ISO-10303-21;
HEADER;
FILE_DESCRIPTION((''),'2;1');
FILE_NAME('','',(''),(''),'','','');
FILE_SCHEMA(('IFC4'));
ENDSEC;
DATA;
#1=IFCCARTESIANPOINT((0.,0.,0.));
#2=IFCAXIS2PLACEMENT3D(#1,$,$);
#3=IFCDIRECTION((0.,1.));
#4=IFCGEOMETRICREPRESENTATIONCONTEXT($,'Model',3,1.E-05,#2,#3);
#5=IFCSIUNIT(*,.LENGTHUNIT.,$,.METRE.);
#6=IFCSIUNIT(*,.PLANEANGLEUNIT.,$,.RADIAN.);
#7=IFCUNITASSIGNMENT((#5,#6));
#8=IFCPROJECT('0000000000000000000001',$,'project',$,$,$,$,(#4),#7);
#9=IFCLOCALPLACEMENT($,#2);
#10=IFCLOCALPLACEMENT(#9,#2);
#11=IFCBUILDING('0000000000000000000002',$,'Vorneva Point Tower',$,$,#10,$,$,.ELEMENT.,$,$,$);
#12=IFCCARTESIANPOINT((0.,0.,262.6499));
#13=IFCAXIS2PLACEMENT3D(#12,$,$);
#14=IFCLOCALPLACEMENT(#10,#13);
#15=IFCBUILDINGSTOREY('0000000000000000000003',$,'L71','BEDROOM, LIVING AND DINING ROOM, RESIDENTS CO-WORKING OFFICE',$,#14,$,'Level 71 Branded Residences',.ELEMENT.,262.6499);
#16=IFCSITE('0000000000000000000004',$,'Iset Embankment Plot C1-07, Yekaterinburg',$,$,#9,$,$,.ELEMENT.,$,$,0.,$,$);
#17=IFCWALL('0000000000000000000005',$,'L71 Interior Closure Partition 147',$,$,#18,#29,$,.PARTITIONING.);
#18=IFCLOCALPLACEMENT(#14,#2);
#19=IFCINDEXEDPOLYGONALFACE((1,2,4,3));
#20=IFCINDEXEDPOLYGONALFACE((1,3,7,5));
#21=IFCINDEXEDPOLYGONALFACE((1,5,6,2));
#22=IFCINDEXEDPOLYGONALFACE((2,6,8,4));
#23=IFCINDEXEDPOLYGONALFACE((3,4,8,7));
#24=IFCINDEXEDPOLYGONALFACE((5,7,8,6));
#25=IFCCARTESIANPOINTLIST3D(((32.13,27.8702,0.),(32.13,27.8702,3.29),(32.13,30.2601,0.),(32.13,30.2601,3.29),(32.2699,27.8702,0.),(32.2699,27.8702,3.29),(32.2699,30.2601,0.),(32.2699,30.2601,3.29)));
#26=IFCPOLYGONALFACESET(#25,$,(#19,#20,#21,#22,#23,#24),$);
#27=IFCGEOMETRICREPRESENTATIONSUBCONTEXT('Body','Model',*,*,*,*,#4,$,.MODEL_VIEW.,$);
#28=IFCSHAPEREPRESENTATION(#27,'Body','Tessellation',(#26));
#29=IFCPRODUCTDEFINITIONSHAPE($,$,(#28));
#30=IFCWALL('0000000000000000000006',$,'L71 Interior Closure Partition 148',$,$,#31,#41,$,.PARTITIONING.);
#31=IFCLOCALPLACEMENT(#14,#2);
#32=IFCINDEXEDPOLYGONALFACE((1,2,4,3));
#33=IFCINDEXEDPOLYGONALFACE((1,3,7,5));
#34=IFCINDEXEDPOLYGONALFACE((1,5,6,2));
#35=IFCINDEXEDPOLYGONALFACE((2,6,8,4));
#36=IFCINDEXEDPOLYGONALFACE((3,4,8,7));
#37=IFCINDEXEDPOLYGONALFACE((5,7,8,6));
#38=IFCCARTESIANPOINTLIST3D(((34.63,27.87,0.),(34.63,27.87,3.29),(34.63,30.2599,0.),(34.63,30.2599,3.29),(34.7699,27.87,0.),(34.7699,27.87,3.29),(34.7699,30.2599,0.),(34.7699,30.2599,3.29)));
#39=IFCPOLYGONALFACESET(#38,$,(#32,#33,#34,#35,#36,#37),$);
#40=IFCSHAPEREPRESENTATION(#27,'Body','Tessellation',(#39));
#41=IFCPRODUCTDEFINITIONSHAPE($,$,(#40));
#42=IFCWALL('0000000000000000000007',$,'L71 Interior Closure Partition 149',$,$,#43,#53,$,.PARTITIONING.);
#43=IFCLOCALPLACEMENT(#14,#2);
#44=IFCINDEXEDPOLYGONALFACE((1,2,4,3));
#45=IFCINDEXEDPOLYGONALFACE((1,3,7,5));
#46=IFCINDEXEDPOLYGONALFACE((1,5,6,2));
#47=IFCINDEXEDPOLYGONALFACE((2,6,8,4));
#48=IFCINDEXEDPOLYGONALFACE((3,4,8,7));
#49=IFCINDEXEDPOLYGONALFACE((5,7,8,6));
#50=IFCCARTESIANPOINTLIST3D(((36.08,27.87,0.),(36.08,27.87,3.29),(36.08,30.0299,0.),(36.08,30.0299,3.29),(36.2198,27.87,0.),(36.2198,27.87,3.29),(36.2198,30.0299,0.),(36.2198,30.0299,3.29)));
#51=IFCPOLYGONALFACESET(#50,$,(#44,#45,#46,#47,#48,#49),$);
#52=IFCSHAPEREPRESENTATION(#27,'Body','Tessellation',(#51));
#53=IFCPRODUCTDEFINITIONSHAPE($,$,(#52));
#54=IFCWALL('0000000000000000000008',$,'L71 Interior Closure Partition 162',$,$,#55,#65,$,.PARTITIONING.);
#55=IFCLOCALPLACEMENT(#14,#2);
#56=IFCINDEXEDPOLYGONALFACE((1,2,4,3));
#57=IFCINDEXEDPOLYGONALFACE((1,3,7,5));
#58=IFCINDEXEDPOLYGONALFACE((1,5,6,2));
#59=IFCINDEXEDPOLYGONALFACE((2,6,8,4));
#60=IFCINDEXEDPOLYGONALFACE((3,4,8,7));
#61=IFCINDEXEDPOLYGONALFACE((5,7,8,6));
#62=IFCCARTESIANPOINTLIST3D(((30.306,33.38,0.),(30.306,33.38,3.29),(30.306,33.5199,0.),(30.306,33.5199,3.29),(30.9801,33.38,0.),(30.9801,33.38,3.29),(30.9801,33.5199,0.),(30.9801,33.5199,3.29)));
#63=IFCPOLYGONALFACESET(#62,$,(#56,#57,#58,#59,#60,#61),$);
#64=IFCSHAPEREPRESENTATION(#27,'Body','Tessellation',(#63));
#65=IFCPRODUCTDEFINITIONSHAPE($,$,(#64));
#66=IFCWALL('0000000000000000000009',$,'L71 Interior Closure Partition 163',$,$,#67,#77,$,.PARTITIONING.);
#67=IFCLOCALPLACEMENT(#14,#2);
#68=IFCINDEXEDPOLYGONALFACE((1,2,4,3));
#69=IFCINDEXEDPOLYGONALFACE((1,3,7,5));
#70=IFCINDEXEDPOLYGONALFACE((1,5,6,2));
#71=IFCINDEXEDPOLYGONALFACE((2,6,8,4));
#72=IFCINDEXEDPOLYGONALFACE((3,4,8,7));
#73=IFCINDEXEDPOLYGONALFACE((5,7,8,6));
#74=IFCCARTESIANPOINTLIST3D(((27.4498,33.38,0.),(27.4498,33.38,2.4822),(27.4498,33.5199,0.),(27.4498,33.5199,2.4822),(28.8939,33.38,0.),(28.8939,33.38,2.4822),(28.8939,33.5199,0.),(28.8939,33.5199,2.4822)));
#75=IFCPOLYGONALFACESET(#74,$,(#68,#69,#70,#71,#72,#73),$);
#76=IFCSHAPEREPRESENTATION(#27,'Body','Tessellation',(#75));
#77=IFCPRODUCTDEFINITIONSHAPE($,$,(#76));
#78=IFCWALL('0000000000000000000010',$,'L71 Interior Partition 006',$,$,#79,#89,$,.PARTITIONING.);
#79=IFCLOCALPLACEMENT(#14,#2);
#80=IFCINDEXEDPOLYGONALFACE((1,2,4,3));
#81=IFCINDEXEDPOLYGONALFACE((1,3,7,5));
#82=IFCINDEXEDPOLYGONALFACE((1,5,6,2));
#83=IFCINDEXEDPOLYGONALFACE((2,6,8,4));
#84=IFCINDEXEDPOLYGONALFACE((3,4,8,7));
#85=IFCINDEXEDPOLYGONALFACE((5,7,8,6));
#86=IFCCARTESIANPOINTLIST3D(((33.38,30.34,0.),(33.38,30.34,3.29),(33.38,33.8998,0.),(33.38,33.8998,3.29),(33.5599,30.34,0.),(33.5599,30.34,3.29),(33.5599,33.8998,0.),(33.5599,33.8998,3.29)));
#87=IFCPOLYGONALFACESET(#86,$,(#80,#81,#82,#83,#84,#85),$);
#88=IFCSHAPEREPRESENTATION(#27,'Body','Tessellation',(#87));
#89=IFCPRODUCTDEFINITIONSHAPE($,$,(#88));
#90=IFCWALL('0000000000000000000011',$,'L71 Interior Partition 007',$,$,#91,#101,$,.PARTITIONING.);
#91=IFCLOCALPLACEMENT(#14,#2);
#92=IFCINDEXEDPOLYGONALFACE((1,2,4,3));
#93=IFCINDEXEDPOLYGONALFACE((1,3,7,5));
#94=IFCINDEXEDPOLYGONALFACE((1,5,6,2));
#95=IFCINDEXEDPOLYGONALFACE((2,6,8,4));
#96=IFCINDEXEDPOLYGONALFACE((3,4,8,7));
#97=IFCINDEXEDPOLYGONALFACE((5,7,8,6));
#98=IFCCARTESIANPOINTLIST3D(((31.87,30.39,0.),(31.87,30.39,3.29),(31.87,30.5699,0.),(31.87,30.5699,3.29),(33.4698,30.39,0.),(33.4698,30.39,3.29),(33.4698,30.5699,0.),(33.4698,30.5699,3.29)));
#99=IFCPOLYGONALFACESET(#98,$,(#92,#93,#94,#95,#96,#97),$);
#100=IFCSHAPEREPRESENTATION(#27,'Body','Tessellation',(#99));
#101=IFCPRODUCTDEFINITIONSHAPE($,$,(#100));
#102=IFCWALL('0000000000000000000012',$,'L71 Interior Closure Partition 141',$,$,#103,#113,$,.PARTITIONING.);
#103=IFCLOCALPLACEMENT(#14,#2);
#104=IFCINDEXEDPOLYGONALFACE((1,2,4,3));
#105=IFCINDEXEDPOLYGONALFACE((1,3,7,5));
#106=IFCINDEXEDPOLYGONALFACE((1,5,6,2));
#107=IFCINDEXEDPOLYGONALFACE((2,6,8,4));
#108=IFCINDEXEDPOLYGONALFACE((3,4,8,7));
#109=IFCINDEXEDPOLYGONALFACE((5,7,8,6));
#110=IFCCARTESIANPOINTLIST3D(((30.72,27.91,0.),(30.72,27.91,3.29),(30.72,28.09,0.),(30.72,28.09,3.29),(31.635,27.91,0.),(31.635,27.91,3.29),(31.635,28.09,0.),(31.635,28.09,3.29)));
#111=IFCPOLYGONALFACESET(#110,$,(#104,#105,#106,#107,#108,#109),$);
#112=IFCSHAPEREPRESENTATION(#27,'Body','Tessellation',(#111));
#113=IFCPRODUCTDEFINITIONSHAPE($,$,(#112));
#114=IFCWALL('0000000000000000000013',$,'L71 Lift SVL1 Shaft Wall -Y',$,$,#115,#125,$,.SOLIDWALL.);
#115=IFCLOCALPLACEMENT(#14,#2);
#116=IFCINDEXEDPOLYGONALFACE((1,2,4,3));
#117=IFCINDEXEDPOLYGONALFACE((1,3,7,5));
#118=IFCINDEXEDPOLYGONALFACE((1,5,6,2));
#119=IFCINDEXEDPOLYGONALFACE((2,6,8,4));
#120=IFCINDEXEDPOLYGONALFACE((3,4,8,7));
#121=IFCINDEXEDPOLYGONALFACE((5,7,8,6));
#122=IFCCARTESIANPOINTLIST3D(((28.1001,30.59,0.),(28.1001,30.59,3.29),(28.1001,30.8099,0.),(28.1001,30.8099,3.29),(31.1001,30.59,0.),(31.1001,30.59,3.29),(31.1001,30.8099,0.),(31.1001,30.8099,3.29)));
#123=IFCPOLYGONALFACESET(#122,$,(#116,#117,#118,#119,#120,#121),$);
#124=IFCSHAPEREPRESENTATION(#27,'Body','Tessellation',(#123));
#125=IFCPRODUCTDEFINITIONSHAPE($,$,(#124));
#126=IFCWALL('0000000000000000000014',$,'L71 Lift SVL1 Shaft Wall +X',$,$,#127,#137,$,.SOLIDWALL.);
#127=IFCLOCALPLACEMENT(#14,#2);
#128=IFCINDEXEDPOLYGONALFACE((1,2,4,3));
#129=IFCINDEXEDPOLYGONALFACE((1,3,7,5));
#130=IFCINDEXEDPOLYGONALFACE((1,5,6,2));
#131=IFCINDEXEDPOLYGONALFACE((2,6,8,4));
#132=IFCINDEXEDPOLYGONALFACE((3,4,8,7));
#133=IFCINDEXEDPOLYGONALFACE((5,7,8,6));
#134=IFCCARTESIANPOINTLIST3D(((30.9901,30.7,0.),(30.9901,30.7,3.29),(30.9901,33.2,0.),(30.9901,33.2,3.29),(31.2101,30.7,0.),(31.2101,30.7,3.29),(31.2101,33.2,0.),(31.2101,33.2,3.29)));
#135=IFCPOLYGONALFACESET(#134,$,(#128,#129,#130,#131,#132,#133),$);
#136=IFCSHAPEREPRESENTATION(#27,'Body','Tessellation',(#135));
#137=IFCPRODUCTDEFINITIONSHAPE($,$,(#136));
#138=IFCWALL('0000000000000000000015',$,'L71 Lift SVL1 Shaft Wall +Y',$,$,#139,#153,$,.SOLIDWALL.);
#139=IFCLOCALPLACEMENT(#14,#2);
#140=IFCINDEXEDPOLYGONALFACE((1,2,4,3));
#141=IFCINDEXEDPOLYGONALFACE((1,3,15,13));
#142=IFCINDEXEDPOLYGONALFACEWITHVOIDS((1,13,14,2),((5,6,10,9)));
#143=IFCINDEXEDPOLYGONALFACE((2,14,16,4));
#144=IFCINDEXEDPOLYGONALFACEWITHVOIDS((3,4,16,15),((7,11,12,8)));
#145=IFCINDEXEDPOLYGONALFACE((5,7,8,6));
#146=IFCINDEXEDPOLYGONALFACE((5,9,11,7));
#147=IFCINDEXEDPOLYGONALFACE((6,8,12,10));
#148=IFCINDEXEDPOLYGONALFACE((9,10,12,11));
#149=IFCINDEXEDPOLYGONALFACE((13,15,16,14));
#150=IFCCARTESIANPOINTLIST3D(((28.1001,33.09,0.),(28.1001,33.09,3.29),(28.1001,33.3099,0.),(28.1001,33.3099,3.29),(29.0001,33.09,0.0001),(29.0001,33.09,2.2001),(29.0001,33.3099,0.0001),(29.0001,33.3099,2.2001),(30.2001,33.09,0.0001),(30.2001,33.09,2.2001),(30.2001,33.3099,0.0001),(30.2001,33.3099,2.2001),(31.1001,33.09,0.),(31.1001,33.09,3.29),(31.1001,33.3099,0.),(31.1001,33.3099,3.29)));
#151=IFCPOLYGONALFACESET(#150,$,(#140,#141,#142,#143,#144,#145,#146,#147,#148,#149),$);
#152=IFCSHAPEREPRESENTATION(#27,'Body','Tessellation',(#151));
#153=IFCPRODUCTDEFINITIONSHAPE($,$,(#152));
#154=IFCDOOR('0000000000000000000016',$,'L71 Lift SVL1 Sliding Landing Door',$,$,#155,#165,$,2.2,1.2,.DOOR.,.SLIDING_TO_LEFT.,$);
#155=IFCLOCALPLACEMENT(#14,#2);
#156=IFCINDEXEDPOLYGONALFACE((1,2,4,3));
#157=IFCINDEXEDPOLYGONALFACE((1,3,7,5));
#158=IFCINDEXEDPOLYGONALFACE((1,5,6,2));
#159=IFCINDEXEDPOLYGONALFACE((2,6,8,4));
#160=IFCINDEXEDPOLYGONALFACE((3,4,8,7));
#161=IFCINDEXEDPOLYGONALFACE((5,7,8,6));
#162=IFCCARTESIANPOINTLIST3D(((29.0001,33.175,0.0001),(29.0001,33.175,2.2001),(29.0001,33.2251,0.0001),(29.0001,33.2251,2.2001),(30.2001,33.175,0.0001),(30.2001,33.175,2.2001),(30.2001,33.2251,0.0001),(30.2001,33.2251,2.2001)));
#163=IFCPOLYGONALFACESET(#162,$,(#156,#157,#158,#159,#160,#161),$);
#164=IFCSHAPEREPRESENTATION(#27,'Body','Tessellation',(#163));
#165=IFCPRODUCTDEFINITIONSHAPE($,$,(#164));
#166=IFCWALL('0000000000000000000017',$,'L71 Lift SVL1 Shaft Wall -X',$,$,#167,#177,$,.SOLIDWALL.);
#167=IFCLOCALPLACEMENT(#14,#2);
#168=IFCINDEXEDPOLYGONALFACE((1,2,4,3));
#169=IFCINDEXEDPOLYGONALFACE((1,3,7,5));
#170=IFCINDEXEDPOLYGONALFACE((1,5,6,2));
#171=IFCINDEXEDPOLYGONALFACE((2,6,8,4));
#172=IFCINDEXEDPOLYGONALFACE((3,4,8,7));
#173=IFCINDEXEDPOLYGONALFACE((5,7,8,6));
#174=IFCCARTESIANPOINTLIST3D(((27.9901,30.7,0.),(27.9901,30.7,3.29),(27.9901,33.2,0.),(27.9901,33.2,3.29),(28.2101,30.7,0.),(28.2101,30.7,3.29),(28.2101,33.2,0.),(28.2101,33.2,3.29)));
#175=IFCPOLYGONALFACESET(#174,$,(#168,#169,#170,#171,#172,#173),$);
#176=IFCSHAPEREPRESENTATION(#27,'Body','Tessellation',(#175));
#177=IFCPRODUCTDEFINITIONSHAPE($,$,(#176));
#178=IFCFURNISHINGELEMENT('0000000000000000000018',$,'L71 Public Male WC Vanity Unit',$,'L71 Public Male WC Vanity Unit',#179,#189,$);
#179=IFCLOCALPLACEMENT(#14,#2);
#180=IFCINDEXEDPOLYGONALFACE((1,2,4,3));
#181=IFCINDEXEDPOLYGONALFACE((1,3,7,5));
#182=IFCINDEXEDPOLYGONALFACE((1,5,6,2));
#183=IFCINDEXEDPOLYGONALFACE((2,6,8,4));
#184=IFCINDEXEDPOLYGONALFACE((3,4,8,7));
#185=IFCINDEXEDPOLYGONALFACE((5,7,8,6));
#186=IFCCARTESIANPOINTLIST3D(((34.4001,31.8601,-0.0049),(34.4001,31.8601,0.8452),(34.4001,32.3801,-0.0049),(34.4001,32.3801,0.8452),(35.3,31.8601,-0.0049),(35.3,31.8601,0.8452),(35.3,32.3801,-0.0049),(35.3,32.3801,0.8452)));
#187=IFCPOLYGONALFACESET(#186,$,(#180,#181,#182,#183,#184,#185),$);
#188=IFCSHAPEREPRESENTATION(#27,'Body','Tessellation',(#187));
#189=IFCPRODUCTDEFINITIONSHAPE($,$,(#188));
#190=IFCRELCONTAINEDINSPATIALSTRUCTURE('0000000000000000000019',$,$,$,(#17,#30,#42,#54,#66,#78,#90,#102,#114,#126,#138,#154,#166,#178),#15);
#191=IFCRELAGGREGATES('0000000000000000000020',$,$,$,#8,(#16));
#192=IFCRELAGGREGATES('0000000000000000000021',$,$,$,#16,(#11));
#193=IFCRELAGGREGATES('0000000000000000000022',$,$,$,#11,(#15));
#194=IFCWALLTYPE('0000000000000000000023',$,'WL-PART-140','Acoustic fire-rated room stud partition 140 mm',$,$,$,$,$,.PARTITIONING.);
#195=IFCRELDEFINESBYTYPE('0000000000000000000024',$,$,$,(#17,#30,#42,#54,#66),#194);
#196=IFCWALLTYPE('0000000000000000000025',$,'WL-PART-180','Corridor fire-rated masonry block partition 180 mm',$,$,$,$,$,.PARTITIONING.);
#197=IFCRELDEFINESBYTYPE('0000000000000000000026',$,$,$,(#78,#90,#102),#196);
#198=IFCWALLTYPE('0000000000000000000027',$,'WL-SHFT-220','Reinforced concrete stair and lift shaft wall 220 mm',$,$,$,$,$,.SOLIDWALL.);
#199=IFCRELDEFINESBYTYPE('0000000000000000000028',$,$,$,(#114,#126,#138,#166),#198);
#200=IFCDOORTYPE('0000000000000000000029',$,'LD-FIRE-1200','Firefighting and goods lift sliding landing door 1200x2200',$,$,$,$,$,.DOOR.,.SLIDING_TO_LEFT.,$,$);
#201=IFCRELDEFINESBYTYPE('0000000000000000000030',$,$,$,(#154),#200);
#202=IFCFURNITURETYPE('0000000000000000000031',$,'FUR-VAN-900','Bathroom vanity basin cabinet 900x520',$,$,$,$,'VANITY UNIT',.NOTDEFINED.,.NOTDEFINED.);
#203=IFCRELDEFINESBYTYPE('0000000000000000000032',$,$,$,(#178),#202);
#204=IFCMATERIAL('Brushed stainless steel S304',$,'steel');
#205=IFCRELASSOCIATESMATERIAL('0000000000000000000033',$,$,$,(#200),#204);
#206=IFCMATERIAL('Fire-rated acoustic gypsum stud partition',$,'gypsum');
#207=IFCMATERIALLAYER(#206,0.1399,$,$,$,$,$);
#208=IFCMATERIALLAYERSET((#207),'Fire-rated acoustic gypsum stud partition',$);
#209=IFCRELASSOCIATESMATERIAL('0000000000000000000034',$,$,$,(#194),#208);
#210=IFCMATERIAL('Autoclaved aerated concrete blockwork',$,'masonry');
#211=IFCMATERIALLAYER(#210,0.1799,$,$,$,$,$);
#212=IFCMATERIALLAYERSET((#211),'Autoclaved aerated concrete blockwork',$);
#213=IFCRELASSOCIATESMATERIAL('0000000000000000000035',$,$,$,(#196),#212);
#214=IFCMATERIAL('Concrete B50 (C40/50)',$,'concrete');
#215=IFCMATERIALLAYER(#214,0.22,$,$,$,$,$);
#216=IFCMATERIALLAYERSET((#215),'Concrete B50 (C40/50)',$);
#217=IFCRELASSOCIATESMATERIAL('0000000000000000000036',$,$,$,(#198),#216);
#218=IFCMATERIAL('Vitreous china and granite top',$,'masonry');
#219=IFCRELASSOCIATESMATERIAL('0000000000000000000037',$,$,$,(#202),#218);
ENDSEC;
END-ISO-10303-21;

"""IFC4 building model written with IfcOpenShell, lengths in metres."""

from ifc_helpers import new_model, si_unit, direction, frame, frame_2d, origin, origin_2d, place, context, subcontext, project, spatial, rectangle, extrude, material, layer, layer_set, type_object, element, fill, save


model = new_model("IFC4")

# Units and contexts
model_context = context("Model", 3, precision=1e-05, world=origin(), true_north=direction((0.0, 1.0)))
body_context = subcontext(model_context, "Body", "Model", "MODEL_VIEW")
ifc_project = project(units=[si_unit("LENGTHUNIT", "METRE"), si_unit("PLANEANGLEUNIT", "RADIAN")], contexts=[model_context])

# Site, building, storey
site_placement = place(None, origin())
site = spatial("IfcSite", under=ifc_project, at=site_placement, Name="Iset Embankment Plot C1-07, Yekaterinburg", CompositionType="ELEMENT", RefElevation=0.0)
building_placement = place(site_placement, origin())
building = spatial("IfcBuilding", under=site, at=building_placement, Name="Vorneva Point Tower", CompositionType="ELEMENT")
storey_placement = place(building_placement, frame((0.0, 0.0, 262.6499)))
storey = spatial("IfcBuildingStorey", under=building, at=storey_placement, Name="L71", Description="BEDROOM, LIVING AND DINING ROOM, RESIDENTS CO-WORKING OFFICE", LongName="Level 71 Branded Residences", CompositionType="ELEMENT", Elevation=262.6499)

# Shared definitions
ifc_material_1 = material(Name="Concrete B50 (C40/50)", Category="concrete")

# Shared definitions
ifc_material_2 = material(Name="Brushed stainless steel S304", Category="steel")
door_type_1 = type_object("IfcDoorType", Name="LD-FIRE-1200", Description="Firefighting and goods lift sliding landing door 1200x2200", OperationType="SLIDING_TO_LEFT", PredefinedType="DOOR", material=ifc_material_2)

# Walls
ifc_material_3 = material(Name="Fire-rated acoustic gypsum stud partition", Category="gypsum")
ifc_layer_1 = layer(ifc_material_3, 0.1399)
ifc_layer_set_1 = layer_set([ifc_layer_1], Name="Fire-rated acoustic gypsum stud partition")
wall_type_1 = type_object("IfcWallType", Name="WL-PART-140", Description="Acoustic fire-rated room stud partition 140 mm", PredefinedType="PARTITIONING", material=ifc_layer_set_1)
for number, where, z_axis, x_axis, name in (
    (1, (32.2, 30.26, 0.0), (0.0, 0.0, 1.0), (0.0, -1.0, 0.0), "L71 Interior Closure Partition 147"),
    (2, (34.7, 27.8701, 0.0), (0.0, 0.0, 1.0), (0.0, 1.0, 0.0), "L71 Interior Closure Partition 148"),
):
    element("IfcWall", number, at=place(storey_placement, frame(where, z_axis=z_axis, x_axis=x_axis)), inside=storey, type_object=wall_type_1, Name=name, PredefinedType="PARTITIONING", context=body_context, shape_type="SweptSolid", body=[
        extrude(rectangle(XDim=2.3899, YDim=0.1399, at=frame_2d((1.1948, 0.0))), origin(), (0.0, 0.0, 1.0), 3.29),
    ])
wall_1_placement = place(storey_placement, frame((36.1499, 30.03, 0.0), z_axis=(0.0, 0.0, 1.0), x_axis=(0.0, -1.0, 0.0)))
element("IfcWall", 3, at=wall_1_placement, inside=storey, type_object=wall_type_1, Name="L71 Interior Closure Partition 149", PredefinedType="PARTITIONING", context=body_context, shape_type="SweptSolid", body=[
    extrude(rectangle(XDim=2.1599, YDim=0.1399, at=frame_2d((1.0801, 0.0))), origin(), (0.0, 0.0, 1.0), 3.29),
])
wall_2_placement = place(storey_placement, frame((30.98, 33.45, 0.0), z_axis=(0.0, 0.0, 1.0), x_axis=(-1.0, 0.0, 0.0)))
element("IfcWall", 4, at=wall_2_placement, inside=storey, type_object=wall_type_1, Name="L71 Interior Closure Partition 162", PredefinedType="PARTITIONING", context=body_context, shape_type="SweptSolid", body=[
    extrude(rectangle(XDim=0.6741, YDim=0.1399, at=frame_2d((0.3369, 0.0))), origin(), (0.0, 0.0, 1.0), 3.29),
])
wall_3_placement = place(storey_placement, frame((28.894, 33.45, 0.0), z_axis=(0.0, 0.0, 1.0), x_axis=(-1.0, 0.0, 0.0)))
element("IfcWall", 5, at=wall_3_placement, inside=storey, type_object=wall_type_1, Name="L71 Interior Closure Partition 163", PredefinedType="PARTITIONING", context=body_context, shape_type="SweptSolid", body=[
    extrude(rectangle(XDim=1.4441, YDim=0.1399, at=frame_2d((0.7222, 0.0))), origin(), (0.0, 0.0, 1.0), 2.4822),
])
ifc_material_4 = material(Name="Autoclaved aerated concrete blockwork", Category="masonry")
ifc_layer_2 = layer(ifc_material_4, 0.1799)
ifc_layer_set_2 = layer_set([ifc_layer_2], Name="Autoclaved aerated concrete blockwork")
wall_type_2 = type_object("IfcWallType", Name="WL-PART-180", Description="Corridor fire-rated masonry block partition 180 mm", PredefinedType="PARTITIONING", material=ifc_layer_set_2)
wall_4_placement = place(storey_placement, frame((33.47, 30.3401, 0.0), z_axis=(0.0, 0.0, 1.0), x_axis=(0.0, 1.0, 0.0)))
element("IfcWall", 6, at=wall_4_placement, inside=storey, type_object=wall_type_2, Name="L71 Interior Partition 006", PredefinedType="PARTITIONING", context=body_context, shape_type="SweptSolid", body=[
    extrude(rectangle(XDim=3.5598, YDim=0.1799, at=frame_2d((1.7798, 0.0))), origin(), (0.0, 0.0, 1.0), 3.29),
])
wall_5_placement = place(storey_placement, frame((31.8701, 30.48, 0.0), z_axis=(0.0, 0.0, 1.0), x_axis=(1.0, 0.0, 0.0)))
element("IfcWall", 7, at=wall_5_placement, inside=storey, type_object=wall_type_2, Name="L71 Interior Partition 007", PredefinedType="PARTITIONING", context=body_context, shape_type="SweptSolid", body=[
    extrude(rectangle(XDim=1.5999, YDim=0.1799, at=frame_2d((0.7998, 0.0))), origin(), (0.0, 0.0, 1.0), 3.29),
])

# Walls
wall_6_placement = place(storey_placement, frame((31.635, 28.0, 0.0), z_axis=(0.0, 0.0, 1.0), x_axis=(-1.0, 0.0, 0.0)))
element("IfcWall", 8, at=wall_6_placement, inside=storey, type_object=wall_type_2, Name="L71 Interior Closure Partition 141", PredefinedType="PARTITIONING", context=body_context, shape_type="SweptSolid", body=[
    extrude(rectangle(XDim=0.915, YDim=0.1799, at=frame_2d((0.4575, 0.0))), origin(), (0.0, 0.0, 1.0), 3.29),
])
ifc_layer_3 = layer(ifc_material_1, 0.22)
ifc_layer_set_3 = layer_set([ifc_layer_3], Name="Concrete B50 (C40/50)")
wall_type_3 = type_object("IfcWallType", Name="WL-SHFT-220", Description="Reinforced concrete stair and lift shaft wall 220 mm", PredefinedType="SOLIDWALL", material=ifc_layer_set_3)
wall_7_placement = place(storey_placement, frame((28.1001, 30.7, 0.0), z_axis=(0.0, 0.0, 1.0), x_axis=(1.0, 0.0, 0.0)))
element("IfcWall", 9, at=wall_7_placement, inside=storey, type_object=wall_type_3, Name="L71 Lift SVL1 Shaft Wall -Y", PredefinedType="SOLIDWALL", context=body_context, shape_type="SweptSolid", body=[
    extrude(rectangle(XDim=3.0, YDim=0.22, at=frame_2d((1.5, 0.0))), origin(), (0.0, 0.0, 1.0), 3.29),
])
wall_8_placement = place(storey_placement, frame((31.1001, 30.7, 0.0), z_axis=(0.0, 0.0, 1.0), x_axis=(0.0, 1.0, 0.0)))
element("IfcWall", 10, at=wall_8_placement, inside=storey, type_object=wall_type_3, Name="L71 Lift SVL1 Shaft Wall +X", PredefinedType="SOLIDWALL", context=body_context, shape_type="SweptSolid", body=[
    extrude(rectangle(XDim=2.5, YDim=0.22, at=frame_2d((1.25, 0.0))), origin(), (0.0, 0.0, 1.0), 3.29),
])

# Wall, opening, door
wall_9_placement = place(storey_placement, frame((31.1001, 33.2, 0.0), z_axis=(0.0, 0.0, 1.0), x_axis=(-1.0, 0.0, 0.0)))
wall_9 = element("IfcWall", 11, at=wall_9_placement, inside=storey, type_object=wall_type_3, Name="L71 Lift SVL1 Shaft Wall +Y", PredefinedType="SOLIDWALL", context=body_context, shape_type="SweptSolid", body=[
    extrude(rectangle(XDim=3.0, YDim=0.22, at=frame_2d((1.5, 0.0))), origin(), (0.0, 0.0, 1.0), 3.29),
])
opening_1_placement = place(wall_9_placement, frame((0.8999, 0.0, 0.0)))
opening_1 = element("IfcOpeningElement", 12, at=opening_1_placement, cuts=wall_9, PredefinedType="OPENING", context=body_context, shape_type="SweptSolid", body=[
    extrude(rectangle(XDim=1.2, YDim=2.2, at=frame_2d((0.6001, 1.1001))), frame((0.0, 0.125, 0.0), z_axis=(0.0, -1.0, 0.0), x_axis=(1.0, 0.0, 0.0)), (0.0, 0.0, 1.0), 0.2498),
])
door_1_placement = place(opening_1_placement, origin())
door_1 = element("IfcDoor", 13, at=door_1_placement, inside=storey, type_object=door_type_1, Name="L71 Lift SVL1 Sliding Landing Door", OperationType="SLIDING_TO_LEFT", OverallHeight=2.2, OverallWidth=1.2, PredefinedType="DOOR", context=body_context, shape_type="SweptSolid", body=[
    extrude(rectangle(XDim=1.2, YDim=2.2, at=frame_2d((0.6001, 1.1001))), frame((0.0, 0.0249, 0.0), z_axis=(0.0, -1.0, 0.0), x_axis=(1.0, 0.0, 0.0)), (0.0, 0.0, 1.0), 0.05),
])
fill(opening_1, door_1)

# Wall
wall_10_placement = place(storey_placement, frame((28.1001, 33.2, 0.0), z_axis=(0.0, 0.0, 1.0), x_axis=(0.0, -1.0, 0.0)))
element("IfcWall", 14, at=wall_10_placement, inside=storey, type_object=wall_type_3, Name="L71 Lift SVL1 Shaft Wall -X", PredefinedType="SOLIDWALL", context=body_context, shape_type="SweptSolid", body=[
    extrude(rectangle(XDim=2.5, YDim=0.22, at=frame_2d((1.25, 0.0))), origin(), (0.0, 0.0, 1.0), 3.29),
])

# Furnishing element
ifc_material_5 = material(Name="Vitreous china and granite top", Category="masonry")
furniture_type = type_object("IfcFurnitureType", Name="FUR-VAN-900", Description="Bathroom vanity basin cabinet 900x520", ElementType="VANITY UNIT", AssemblyPlace="NOTDEFINED", PredefinedType="NOTDEFINED", material=ifc_material_5)
furnishing_placement = place(storey_placement, frame((34.8501, 32.1201, -0.0049), z_axis=(0.0, 0.0, 1.0), x_axis=(1.0, 0.0, 0.0)))
element("IfcFurnishingElement", 15, at=furnishing_placement, inside=storey, type_object=furniture_type, Name="L71 Public Male WC Vanity Unit", ObjectType="L71 Public Male WC Vanity Unit", context=body_context, shape_type="SweptSolid", body=[
    extrude(rectangle(XDim=0.8999, YDim=0.52, at=origin_2d()), origin(), (0.0, 0.0, 1.0), 0.8501),
])

save(model, "model.ifc")
